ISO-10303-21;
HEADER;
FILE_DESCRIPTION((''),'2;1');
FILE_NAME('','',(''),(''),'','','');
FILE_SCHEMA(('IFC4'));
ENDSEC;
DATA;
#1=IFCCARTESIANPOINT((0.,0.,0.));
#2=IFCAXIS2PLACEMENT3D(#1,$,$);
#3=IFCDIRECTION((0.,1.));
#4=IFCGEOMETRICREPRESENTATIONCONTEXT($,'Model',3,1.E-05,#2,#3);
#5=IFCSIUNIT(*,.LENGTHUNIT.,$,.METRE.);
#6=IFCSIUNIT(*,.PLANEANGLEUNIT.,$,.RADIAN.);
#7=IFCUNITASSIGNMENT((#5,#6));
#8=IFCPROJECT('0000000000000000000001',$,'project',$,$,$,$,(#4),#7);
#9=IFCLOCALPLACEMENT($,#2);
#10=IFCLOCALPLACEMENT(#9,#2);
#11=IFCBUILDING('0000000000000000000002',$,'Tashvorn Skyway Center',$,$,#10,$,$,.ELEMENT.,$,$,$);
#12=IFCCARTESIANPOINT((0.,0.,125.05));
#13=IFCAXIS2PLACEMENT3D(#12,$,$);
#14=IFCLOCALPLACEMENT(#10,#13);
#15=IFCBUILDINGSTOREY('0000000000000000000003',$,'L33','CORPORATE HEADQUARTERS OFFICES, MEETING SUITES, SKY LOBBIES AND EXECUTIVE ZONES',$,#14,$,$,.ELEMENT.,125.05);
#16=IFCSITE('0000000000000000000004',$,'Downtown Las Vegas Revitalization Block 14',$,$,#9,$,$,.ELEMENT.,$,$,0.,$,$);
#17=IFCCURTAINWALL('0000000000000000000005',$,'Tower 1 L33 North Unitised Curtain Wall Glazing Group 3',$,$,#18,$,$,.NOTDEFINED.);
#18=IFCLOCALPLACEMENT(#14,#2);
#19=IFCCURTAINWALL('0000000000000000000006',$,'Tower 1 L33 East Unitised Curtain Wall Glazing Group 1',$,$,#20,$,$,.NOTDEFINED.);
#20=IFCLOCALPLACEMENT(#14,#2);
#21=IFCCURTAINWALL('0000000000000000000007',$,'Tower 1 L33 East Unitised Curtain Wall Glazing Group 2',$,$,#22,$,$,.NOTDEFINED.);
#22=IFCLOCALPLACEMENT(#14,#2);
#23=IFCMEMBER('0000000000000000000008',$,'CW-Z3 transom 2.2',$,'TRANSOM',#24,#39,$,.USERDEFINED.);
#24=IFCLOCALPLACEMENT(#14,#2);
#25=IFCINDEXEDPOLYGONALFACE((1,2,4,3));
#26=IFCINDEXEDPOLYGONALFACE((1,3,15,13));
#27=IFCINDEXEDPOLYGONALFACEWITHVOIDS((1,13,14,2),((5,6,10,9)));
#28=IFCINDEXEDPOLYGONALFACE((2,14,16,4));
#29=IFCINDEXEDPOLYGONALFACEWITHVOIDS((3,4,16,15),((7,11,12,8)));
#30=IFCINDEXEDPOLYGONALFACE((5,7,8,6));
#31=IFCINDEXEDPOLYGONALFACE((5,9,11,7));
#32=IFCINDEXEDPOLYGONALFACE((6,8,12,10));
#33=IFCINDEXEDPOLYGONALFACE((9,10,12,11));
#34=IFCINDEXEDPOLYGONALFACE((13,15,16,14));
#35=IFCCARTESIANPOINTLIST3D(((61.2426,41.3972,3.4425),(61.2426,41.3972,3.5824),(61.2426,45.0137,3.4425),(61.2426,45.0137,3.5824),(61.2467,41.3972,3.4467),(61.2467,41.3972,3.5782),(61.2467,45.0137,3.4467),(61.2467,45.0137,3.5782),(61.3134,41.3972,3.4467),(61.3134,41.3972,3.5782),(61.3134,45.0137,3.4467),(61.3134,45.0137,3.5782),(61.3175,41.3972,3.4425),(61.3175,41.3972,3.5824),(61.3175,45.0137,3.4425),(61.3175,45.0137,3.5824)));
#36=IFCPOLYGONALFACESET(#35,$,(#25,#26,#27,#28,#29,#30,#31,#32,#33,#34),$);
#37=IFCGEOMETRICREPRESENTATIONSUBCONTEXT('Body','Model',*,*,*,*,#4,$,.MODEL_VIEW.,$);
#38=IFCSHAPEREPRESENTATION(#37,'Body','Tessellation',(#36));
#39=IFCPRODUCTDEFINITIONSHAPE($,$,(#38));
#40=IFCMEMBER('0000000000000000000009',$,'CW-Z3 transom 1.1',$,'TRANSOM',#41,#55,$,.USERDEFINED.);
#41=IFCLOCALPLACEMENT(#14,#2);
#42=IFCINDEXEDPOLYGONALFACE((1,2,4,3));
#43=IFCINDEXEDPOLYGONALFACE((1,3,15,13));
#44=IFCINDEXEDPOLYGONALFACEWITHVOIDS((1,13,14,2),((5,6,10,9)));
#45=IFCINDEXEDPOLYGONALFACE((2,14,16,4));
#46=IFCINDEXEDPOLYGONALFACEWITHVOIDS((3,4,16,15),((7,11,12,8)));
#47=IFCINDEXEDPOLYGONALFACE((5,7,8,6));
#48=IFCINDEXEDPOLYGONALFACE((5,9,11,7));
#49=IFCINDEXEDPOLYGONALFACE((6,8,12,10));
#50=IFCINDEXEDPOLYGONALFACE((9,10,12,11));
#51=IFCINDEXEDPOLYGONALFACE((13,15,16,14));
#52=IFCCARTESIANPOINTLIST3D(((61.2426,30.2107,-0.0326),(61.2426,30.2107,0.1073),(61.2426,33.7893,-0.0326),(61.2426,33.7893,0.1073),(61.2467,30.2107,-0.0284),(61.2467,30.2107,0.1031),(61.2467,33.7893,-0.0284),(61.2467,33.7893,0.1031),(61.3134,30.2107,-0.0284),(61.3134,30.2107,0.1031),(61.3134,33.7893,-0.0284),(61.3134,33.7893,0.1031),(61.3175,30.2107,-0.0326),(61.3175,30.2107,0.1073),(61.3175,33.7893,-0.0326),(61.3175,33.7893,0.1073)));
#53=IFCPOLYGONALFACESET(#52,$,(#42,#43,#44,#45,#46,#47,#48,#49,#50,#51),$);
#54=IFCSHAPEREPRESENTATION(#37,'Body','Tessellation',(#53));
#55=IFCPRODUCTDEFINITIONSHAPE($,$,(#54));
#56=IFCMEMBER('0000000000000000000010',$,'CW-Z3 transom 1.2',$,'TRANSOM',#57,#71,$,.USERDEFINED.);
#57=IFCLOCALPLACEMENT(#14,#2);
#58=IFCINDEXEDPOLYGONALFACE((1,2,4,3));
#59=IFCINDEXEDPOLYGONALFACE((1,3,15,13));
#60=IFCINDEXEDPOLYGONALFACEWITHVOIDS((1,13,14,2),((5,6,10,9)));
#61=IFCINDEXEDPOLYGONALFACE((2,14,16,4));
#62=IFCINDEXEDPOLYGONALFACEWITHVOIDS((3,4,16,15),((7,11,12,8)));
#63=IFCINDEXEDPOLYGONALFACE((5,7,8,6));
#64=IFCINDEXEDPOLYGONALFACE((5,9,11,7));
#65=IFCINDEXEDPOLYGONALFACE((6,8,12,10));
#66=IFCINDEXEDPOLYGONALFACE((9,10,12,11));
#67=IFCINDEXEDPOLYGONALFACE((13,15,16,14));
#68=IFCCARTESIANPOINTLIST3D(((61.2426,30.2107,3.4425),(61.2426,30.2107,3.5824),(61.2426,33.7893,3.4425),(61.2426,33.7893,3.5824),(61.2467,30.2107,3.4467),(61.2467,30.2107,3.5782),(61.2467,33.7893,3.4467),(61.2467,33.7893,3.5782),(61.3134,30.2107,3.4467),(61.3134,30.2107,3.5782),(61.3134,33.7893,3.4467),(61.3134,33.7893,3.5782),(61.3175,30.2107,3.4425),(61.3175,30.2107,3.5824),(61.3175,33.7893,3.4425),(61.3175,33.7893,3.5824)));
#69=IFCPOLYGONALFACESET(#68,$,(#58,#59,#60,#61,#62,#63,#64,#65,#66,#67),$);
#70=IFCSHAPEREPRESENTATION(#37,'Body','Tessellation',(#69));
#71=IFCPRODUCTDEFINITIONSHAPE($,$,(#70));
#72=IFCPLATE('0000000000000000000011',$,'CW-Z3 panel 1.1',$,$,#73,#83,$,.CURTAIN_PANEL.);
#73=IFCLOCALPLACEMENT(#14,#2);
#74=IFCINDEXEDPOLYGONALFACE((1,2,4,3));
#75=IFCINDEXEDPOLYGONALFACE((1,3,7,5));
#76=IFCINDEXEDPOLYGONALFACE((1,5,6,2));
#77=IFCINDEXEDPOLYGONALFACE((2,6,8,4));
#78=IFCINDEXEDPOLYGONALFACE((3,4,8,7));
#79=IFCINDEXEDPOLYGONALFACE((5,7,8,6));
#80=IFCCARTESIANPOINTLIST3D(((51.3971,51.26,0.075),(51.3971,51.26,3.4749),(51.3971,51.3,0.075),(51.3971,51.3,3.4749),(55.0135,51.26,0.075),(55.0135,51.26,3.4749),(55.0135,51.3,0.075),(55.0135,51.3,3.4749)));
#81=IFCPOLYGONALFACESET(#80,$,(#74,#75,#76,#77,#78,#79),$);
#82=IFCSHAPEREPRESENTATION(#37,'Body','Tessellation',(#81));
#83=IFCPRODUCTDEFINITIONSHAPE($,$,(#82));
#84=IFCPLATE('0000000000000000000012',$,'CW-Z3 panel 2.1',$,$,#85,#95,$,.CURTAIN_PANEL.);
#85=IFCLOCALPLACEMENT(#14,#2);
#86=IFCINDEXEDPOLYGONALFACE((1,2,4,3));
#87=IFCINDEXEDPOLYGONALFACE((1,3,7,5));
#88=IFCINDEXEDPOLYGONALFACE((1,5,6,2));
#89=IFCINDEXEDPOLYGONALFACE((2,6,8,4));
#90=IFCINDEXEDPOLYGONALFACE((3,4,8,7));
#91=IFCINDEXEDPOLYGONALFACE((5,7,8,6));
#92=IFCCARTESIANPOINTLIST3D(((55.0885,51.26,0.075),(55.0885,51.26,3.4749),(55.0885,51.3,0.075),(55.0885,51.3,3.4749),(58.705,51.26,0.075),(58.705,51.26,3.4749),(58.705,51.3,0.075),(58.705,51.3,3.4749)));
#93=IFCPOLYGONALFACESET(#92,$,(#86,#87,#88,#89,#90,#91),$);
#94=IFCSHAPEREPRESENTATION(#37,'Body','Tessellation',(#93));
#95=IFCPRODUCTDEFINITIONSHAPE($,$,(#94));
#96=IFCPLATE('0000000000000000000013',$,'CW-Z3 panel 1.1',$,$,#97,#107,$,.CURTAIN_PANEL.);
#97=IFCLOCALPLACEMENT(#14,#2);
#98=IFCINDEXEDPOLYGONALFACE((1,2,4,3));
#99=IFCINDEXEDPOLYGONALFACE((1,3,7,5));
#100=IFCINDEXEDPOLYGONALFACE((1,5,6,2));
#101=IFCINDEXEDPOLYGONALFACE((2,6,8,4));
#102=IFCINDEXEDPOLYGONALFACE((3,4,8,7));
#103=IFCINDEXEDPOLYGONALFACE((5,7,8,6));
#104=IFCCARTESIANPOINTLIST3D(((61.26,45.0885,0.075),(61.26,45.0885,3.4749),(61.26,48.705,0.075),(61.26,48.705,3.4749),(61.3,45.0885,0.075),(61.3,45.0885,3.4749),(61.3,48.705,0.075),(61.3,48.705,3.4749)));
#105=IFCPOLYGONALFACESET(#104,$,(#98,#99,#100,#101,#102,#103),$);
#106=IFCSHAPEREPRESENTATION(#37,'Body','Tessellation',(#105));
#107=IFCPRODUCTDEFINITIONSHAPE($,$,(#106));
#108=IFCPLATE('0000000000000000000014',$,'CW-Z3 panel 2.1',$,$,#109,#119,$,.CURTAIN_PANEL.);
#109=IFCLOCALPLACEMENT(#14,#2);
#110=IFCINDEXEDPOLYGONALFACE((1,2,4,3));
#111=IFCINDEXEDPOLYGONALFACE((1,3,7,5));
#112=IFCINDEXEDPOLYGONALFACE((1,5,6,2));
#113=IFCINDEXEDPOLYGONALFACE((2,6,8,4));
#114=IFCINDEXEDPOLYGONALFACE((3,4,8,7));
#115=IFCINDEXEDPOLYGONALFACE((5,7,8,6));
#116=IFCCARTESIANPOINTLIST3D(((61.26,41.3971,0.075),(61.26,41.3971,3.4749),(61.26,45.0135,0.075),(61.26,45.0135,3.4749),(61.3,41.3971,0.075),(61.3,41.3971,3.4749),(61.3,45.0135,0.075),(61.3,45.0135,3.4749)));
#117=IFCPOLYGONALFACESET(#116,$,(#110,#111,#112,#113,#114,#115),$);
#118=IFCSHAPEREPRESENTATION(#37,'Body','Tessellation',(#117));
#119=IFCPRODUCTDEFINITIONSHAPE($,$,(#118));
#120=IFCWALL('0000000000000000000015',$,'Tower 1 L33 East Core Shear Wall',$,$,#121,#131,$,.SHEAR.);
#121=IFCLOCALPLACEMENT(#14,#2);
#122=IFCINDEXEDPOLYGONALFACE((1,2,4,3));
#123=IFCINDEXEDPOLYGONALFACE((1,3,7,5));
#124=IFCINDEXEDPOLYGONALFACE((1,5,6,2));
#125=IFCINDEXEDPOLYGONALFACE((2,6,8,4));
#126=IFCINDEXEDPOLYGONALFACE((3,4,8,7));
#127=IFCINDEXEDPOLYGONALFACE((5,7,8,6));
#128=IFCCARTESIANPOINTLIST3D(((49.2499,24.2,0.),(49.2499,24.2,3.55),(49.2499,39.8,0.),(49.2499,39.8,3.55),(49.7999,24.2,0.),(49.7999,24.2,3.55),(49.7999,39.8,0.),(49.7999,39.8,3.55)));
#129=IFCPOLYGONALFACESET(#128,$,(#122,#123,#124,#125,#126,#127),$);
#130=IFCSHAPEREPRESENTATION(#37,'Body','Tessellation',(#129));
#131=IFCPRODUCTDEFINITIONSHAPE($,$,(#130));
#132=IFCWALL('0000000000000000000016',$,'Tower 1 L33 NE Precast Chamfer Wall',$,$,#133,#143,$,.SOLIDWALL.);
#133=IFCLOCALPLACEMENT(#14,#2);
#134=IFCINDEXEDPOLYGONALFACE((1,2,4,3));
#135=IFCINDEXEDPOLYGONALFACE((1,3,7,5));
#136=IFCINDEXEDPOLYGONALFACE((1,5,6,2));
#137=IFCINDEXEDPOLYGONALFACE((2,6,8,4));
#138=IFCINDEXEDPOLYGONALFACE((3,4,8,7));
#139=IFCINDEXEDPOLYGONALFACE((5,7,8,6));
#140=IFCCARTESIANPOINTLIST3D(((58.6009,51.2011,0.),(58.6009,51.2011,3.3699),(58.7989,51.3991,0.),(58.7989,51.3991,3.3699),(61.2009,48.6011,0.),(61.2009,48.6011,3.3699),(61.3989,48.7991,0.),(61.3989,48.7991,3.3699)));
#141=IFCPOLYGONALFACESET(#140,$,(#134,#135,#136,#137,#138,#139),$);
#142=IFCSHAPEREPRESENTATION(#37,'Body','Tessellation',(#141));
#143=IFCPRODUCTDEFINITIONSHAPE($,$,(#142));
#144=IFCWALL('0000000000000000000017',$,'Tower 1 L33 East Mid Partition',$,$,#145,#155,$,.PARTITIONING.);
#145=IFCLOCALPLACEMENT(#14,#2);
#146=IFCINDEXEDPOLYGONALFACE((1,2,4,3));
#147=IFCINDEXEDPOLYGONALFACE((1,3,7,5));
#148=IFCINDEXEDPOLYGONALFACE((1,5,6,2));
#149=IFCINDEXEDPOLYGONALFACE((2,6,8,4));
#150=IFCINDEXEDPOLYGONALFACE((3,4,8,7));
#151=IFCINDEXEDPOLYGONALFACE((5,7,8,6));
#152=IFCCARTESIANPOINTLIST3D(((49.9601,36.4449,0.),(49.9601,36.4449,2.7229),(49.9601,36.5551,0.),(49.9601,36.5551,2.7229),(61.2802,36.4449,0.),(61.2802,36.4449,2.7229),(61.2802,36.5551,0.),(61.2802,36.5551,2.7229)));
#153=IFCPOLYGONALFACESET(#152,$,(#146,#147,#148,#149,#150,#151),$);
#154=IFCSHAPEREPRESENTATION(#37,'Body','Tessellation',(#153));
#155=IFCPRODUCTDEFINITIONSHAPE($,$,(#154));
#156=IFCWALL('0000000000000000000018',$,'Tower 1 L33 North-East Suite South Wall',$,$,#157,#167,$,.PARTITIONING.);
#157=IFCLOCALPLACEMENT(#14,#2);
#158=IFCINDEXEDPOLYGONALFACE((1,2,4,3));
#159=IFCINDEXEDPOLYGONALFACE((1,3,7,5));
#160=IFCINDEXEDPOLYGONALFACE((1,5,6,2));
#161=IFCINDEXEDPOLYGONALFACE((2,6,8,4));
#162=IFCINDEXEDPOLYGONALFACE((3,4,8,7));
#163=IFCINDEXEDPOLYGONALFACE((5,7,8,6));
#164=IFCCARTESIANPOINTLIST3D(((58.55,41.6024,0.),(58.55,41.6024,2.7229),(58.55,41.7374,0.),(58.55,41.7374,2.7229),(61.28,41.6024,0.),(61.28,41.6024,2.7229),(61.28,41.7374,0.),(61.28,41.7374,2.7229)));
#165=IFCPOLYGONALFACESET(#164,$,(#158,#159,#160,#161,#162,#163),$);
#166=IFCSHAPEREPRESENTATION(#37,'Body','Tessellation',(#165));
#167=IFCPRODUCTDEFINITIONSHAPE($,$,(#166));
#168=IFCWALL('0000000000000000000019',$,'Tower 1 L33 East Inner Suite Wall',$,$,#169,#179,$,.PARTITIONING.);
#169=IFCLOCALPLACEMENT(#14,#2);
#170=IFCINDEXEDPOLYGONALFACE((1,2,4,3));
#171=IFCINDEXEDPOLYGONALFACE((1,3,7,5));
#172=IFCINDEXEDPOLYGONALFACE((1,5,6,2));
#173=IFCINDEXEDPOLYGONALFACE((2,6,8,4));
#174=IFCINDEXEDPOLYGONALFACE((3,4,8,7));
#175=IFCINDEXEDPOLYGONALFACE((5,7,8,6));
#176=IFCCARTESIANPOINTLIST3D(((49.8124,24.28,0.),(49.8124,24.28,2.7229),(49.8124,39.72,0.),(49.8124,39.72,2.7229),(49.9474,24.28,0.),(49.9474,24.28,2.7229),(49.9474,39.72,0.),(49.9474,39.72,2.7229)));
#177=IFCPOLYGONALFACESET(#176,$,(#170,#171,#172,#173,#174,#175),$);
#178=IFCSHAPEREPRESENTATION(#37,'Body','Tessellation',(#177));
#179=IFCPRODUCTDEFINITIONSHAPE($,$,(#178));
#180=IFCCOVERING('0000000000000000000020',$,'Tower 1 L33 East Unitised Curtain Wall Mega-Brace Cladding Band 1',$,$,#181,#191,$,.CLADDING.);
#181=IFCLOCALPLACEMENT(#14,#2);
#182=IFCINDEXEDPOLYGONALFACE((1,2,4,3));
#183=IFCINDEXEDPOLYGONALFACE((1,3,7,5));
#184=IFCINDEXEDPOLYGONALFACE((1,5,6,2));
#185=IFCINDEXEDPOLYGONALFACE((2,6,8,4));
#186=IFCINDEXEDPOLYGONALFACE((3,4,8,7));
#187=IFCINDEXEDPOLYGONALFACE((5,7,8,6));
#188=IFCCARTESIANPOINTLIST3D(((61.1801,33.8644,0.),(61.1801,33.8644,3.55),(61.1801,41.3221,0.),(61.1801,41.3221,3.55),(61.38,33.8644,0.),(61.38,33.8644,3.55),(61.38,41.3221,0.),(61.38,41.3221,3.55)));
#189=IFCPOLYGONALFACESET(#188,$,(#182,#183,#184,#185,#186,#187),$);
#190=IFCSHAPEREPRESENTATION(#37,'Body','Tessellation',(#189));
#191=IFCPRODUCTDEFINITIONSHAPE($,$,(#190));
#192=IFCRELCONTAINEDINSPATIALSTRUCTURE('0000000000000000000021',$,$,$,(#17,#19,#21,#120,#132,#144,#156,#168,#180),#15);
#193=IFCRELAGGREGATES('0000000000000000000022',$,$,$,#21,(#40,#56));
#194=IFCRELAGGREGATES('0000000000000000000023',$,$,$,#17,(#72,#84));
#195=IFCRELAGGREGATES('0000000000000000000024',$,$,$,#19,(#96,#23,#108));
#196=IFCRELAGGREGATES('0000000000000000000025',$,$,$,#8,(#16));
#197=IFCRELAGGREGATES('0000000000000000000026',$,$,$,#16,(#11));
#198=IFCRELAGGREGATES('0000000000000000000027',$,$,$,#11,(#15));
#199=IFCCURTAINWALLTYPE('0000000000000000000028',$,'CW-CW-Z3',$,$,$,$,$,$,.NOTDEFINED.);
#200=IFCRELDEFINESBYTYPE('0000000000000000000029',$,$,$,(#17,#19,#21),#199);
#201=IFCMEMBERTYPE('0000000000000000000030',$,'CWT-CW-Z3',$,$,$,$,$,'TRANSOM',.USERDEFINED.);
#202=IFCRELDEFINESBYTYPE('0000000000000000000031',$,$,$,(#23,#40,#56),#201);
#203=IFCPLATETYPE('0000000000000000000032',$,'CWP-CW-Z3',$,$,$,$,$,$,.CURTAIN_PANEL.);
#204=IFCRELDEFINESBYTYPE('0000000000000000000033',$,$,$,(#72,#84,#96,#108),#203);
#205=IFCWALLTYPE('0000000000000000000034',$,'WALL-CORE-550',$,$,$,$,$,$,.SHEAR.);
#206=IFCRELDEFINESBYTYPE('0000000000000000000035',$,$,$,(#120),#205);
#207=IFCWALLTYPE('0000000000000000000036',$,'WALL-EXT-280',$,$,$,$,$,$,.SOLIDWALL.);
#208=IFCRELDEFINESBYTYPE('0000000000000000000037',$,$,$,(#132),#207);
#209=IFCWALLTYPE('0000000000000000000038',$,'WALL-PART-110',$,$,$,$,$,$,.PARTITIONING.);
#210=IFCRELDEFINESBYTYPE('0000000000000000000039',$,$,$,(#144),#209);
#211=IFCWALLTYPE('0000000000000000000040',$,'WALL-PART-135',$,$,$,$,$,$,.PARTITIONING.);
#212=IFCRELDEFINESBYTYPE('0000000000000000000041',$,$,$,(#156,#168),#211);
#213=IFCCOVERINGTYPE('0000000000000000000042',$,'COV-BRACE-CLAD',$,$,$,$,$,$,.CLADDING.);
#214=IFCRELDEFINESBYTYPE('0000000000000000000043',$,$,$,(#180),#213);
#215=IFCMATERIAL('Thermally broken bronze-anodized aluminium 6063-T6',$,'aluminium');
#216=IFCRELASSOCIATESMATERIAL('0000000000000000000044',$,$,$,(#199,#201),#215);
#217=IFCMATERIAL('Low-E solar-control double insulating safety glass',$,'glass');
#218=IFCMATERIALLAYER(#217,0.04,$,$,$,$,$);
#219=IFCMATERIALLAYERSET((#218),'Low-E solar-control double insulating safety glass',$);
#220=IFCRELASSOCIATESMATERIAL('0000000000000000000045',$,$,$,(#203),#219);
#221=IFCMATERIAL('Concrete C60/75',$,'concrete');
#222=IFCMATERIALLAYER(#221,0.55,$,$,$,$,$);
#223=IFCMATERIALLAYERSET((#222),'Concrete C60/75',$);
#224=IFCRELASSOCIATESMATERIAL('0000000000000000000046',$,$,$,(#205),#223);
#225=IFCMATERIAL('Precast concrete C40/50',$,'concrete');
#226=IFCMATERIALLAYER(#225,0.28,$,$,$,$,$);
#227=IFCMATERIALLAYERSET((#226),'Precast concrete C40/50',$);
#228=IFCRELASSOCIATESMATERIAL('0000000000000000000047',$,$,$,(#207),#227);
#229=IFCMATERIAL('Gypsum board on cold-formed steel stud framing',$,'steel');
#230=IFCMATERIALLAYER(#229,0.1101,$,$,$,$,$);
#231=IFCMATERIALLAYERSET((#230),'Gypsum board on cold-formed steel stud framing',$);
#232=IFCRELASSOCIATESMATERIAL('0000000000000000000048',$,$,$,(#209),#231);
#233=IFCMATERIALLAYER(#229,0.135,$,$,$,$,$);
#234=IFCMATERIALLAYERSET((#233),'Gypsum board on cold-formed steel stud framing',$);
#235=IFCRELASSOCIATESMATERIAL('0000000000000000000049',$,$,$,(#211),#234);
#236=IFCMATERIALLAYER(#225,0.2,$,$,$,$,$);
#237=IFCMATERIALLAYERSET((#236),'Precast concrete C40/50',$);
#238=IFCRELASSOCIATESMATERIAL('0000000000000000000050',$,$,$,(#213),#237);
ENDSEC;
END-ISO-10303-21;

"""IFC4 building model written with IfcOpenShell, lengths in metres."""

from ifc_helpers import new_model, si_unit, direction, frame, frame_2d, origin, origin_2d, place, context, subcontext, project, spatial, rectangle, hollow_rectangle, extrude, material, layer, layer_set, material_profile, profile_set, type_object, element, aggregate, save


model = new_model("IFC4")

# Units and contexts
model_context = context("Model", 3, precision=1e-05, world=origin(), true_north=direction((0.0, 1.0)))
body_context = subcontext(model_context, "Body", "Model", "MODEL_VIEW")
ifc_project = project(units=[si_unit("LENGTHUNIT", "METRE"), si_unit("PLANEANGLEUNIT", "RADIAN")], contexts=[model_context])

# Site, building, storey
site_placement = place(None, origin())
site = spatial("IfcSite", under=ifc_project, at=site_placement, Name="Downtown Las Vegas Revitalization Block 14", CompositionType="ELEMENT", RefElevation=0.0)
building_placement = place(site_placement, origin())
building = spatial("IfcBuilding", under=site, at=building_placement, Name="Tashvorn Skyway Center", CompositionType="ELEMENT")
storey_placement = place(building_placement, frame((0.0, 0.0, 125.05)))
storey = spatial("IfcBuildingStorey", under=building, at=storey_placement, Name="L33", Description="CORPORATE HEADQUARTERS OFFICES, MEETING SUITES, SKY LOBBIES AND EXECUTIVE ZONES", CompositionType="ELEMENT", Elevation=125.05)

# Curtain walls
ifc_material_1 = material(Name="Thermally broken bronze-anodized aluminium 6063-T6", Category="aluminium")
curtain_wall_type = type_object("IfcCurtainWallType", Name="CW-CW-Z3", PredefinedType="NOTDEFINED", material=ifc_material_1)
curtain_wall_1_placement = place(storey_placement, origin())
curtain_wall_1 = element("IfcCurtainWall", 1, at=curtain_wall_1_placement, inside=storey, type_object=curtain_wall_type, Name="Tower 1 L33 North Unitised Curtain Wall Glazing Group 3", PredefinedType="NOTDEFINED")
curtain_wall_2_placement = place(storey_placement, origin())
curtain_wall_2 = element("IfcCurtainWall", 2, at=curtain_wall_2_placement, inside=storey, type_object=curtain_wall_type, Name="Tower 1 L33 East Unitised Curtain Wall Glazing Group 1", PredefinedType="NOTDEFINED")

# Curtain wall
curtain_wall_3_placement = place(storey_placement, origin())
curtain_wall_3 = element("IfcCurtainWall", 3, at=curtain_wall_3_placement, inside=storey, type_object=curtain_wall_type, Name="Tower 1 L33 East Unitised Curtain Wall Glazing Group 2", PredefinedType="NOTDEFINED")

# Members
ifc_material_profile_1 = material_profile(ifc_material_1, hollow_rectangle(XDim=0.075, YDim=0.1399, WallThickness=0.0042, at=origin_2d()), Name="ALU-TRAN-75x140")
ifc_profile_set_1 = profile_set([ifc_material_profile_1], Name="Thermally broken bronze-anodized aluminium 6063-T6")
member_type_1 = type_object("IfcMemberType", Name="CWT-CW-Z3", ElementType="TRANSOM", PredefinedType="USERDEFINED", material=ifc_profile_set_1)
member_1_placement = place(storey_placement, frame((61.28, 45.0137, 3.5125), z_axis=(0.0, -1.0, 0.0), x_axis=(1.0, 0.0, 0.0)))
member_1 = element("IfcMember", 4, at=member_1_placement, type_object=member_type_1, Name="CW-Z3 transom 2.2", ObjectType="TRANSOM", PredefinedType="USERDEFINED", context=body_context, shape_type="SweptSolid", body=[
    extrude(hollow_rectangle(XDim=0.075, YDim=0.1399, WallThickness=0.0042, at=origin_2d()), origin(), (0.0, 0.0, 1.0), 3.6165),
])
member_2_placement = place(storey_placement, frame((61.28, 33.7893, 0.0374), z_axis=(0.0, -1.0, 0.0), x_axis=(1.0, 0.0, 0.0)))
member_2 = element("IfcMember", 5, at=member_2_placement, type_object=member_type_1, Name="CW-Z3 transom 1.1", ObjectType="TRANSOM", PredefinedType="USERDEFINED", context=body_context, shape_type="SweptSolid", body=[
    extrude(hollow_rectangle(XDim=0.075, YDim=0.1399, WallThickness=0.0042, at=origin_2d()), origin(), (0.0, 0.0, 1.0), 3.5786),
])
member_3_placement = place(storey_placement, frame((61.28, 33.7893, 3.5125), z_axis=(0.0, -1.0, 0.0), x_axis=(1.0, 0.0, 0.0)))
member_3 = element("IfcMember", 6, at=member_3_placement, type_object=member_type_1, Name="CW-Z3 transom 1.2", ObjectType="TRANSOM", PredefinedType="USERDEFINED", context=body_context, shape_type="SweptSolid", body=[
    extrude(hollow_rectangle(XDim=0.075, YDim=0.1399, WallThickness=0.0042, at=origin_2d()), origin(), (0.0, 0.0, 1.0), 3.5786),
])
aggregate(curtain_wall_3, [member_2, member_3])

# Plates
ifc_material_2 = material(Name="Low-E solar-control double insulating safety glass", Category="glass")
ifc_layer_1 = layer(ifc_material_2, 0.04)
ifc_layer_set_1 = layer_set([ifc_layer_1], Name="Low-E solar-control double insulating safety glass")
plate_type = type_object("IfcPlateType", Name="CWP-CW-Z3", PredefinedType="CURTAIN_PANEL", material=ifc_layer_set_1)
plate_1_placement = place(storey_placement, frame((53.2053, 51.28, 0.075), z_axis=(0.0, 0.0, 1.0), x_axis=(1.0, 0.0, 0.0)))
plate_1 = element("IfcPlate", 7, at=plate_1_placement, type_object=plate_type, Name="CW-Z3 panel 1.1", PredefinedType="CURTAIN_PANEL", context=body_context, shape_type="SweptSolid", body=[
    extrude(rectangle(XDim=3.6165, YDim=0.04, at=origin_2d()), origin(), (0.0, 0.0, 1.0), 3.3999),
])
plate_2_placement = place(storey_placement, frame((56.8967, 51.28, 0.075), z_axis=(0.0, 0.0, 1.0), x_axis=(1.0, 0.0, 0.0)))
plate_2 = element("IfcPlate", 8, at=plate_2_placement, type_object=plate_type, Name="CW-Z3 panel 2.1", PredefinedType="CURTAIN_PANEL", context=body_context, shape_type="SweptSolid", body=[
    extrude(rectangle(XDim=3.6165, YDim=0.04, at=origin_2d()), origin(), (0.0, 0.0, 1.0), 3.3999),
])
aggregate(curtain_wall_1, [plate_1, plate_2])
plate_3_placement = place(storey_placement, frame((61.28, 46.8967, 0.075), z_axis=(0.0, 0.0, 1.0), x_axis=(0.0, -1.0, 0.0)))
plate_3 = element("IfcPlate", 9, at=plate_3_placement, type_object=plate_type, Name="CW-Z3 panel 1.1", PredefinedType="CURTAIN_PANEL", context=body_context, shape_type="SweptSolid", body=[
    extrude(rectangle(XDim=3.6165, YDim=0.04, at=origin_2d()), origin(), (0.0, 0.0, 1.0), 3.3999),
])
plate_4_placement = place(storey_placement, frame((61.28, 43.2053, 0.075), z_axis=(0.0, 0.0, 1.0), x_axis=(0.0, -1.0, 0.0)))
plate_4 = element("IfcPlate", 10, at=plate_4_placement, type_object=plate_type, Name="CW-Z3 panel 2.1", PredefinedType="CURTAIN_PANEL", context=body_context, shape_type="SweptSolid", body=[
    extrude(rectangle(XDim=3.6165, YDim=0.04, at=origin_2d()), origin(), (0.0, 0.0, 1.0), 3.3999),
])
aggregate(curtain_wall_2, [plate_3, member_1, plate_4])

# Walls
ifc_material_3 = material(Name="Concrete C60/75", Category="concrete")
ifc_layer_2 = layer(ifc_material_3, 0.55)
ifc_layer_set_2 = layer_set([ifc_layer_2], Name="Concrete C60/75")
wall_type_1 = type_object("IfcWallType", Name="WALL-CORE-550", PredefinedType="SHEAR", material=ifc_layer_set_2)
wall_1_placement = place(storey_placement, frame((49.5249, 39.8, 0.0), z_axis=(0.0, 0.0, 1.0), x_axis=(0.0, -1.0, 0.0)))
element("IfcWall", 11, at=wall_1_placement, inside=storey, type_object=wall_type_1, Name="Tower 1 L33 East Core Shear Wall", PredefinedType="SHEAR", context=body_context, shape_type="SweptSolid", body=[
    extrude(rectangle(XDim=15.6001, YDim=0.55, at=frame_2d((7.8, 0.0))), origin(), (0.0, 0.0, 1.0), 3.55),
])
ifc_material_4 = material(Name="Precast concrete C40/50", Category="concrete")
ifc_layer_3 = layer(ifc_material_4, 0.28)
ifc_layer_set_3 = layer_set([ifc_layer_3], Name="Precast concrete C40/50")
wall_type_2 = type_object("IfcWallType", Name="WALL-EXT-280", PredefinedType="SOLIDWALL", material=ifc_layer_set_3)
wall_2_placement = place(storey_placement, frame((58.7, 51.3, 0.0), z_axis=(0.0, 0.0, 1.0), x_axis=(0.707107, -0.707107, 0.0)))
element("IfcWall", 12, at=wall_2_placement, inside=storey, type_object=wall_type_2, Name="Tower 1 L33 NE Precast Chamfer Wall", PredefinedType="SOLIDWALL", context=body_context, shape_type="SweptSolid", body=[
    extrude(rectangle(XDim=3.677, YDim=0.28, at=frame_2d((1.8384, 0.0))), origin(), (0.0, 0.0, 1.0), 3.3699),
])
ifc_material_5 = material(Name="Gypsum board on cold-formed steel stud framing", Category="steel")
ifc_layer_4 = layer(ifc_material_5, 0.1101)
ifc_layer_set_4 = layer_set([ifc_layer_4], Name="Gypsum board on cold-formed steel stud framing")
wall_type_3 = type_object("IfcWallType", Name="WALL-PART-110", PredefinedType="PARTITIONING", material=ifc_layer_set_4)
wall_3_placement = place(storey_placement, frame((49.96, 36.5, 0.0), z_axis=(0.0, 0.0, 1.0), x_axis=(1.0, 0.0, 0.0)))
element("IfcWall", 13, at=wall_3_placement, inside=storey, type_object=wall_type_3, Name="Tower 1 L33 East Mid Partition", PredefinedType="PARTITIONING", context=body_context, shape_type="SweptSolid", body=[
    extrude(rectangle(XDim=11.3201, YDim=0.1101, at=frame_2d((5.6602, 0.0))), origin(), (0.0, 0.0, 1.0), 2.7229),
])
ifc_layer_5 = layer(ifc_material_5, 0.135)
ifc_layer_set_5 = layer_set([ifc_layer_5], Name="Gypsum board on cold-formed steel stud framing")
wall_type_4 = type_object("IfcWallType", Name="WALL-PART-135", PredefinedType="PARTITIONING", material=ifc_layer_set_5)
wall_4_placement = place(storey_placement, frame((58.55, 41.6699, 0.0), z_axis=(0.0, 0.0, 1.0), x_axis=(1.0, 0.0, 0.0)))
element("IfcWall", 14, at=wall_4_placement, inside=storey, type_object=wall_type_4, Name="Tower 1 L33 North-East Suite South Wall", PredefinedType="PARTITIONING", context=body_context, shape_type="SweptSolid", body=[
    extrude(rectangle(XDim=2.73, YDim=0.135, at=frame_2d((1.365, 0.0))), origin(), (0.0, 0.0, 1.0), 2.7229),
])
wall_5_placement = place(storey_placement, frame((49.8799, 39.72, 0.0), z_axis=(0.0, 0.0, 1.0), x_axis=(0.0, -1.0, 0.0)))
element("IfcWall", 15, at=wall_5_placement, inside=storey, type_object=wall_type_4, Name="Tower 1 L33 East Inner Suite Wall", PredefinedType="PARTITIONING", context=body_context, shape_type="SweptSolid", body=[
    extrude(rectangle(XDim=15.4399, YDim=0.135, at=frame_2d((7.72, 0.0))), origin(), (0.0, 0.0, 1.0), 2.7229),
])

# Covering
ifc_layer_6 = layer(ifc_material_4, 0.2)
ifc_layer_set_6 = layer_set([ifc_layer_6], Name="Precast concrete C40/50")
covering_type_1 = type_object("IfcCoveringType", Name="COV-BRACE-CLAD", PredefinedType="CLADDING", material=ifc_layer_set_6)
covering_1_placement = place(storey_placement, frame((61.28, 37.5933, 0.0), z_axis=(0.0, 0.0, 1.0), x_axis=(0.0, -1.0, 0.0)))
element("IfcCovering", 16, at=covering_1_placement, inside=storey, type_object=covering_type_1, Name="Tower 1 L33 East Unitised Curtain Wall Mega-Brace Cladding Band 1", PredefinedType="CLADDING", context=body_context, shape_type="SweptSolid", body=[
    extrude(rectangle(XDim=7.4578, YDim=0.2, at=origin_2d()), origin(), (0.0, 0.0, 1.0), 3.55),
])

save(model, "model.ifc")
